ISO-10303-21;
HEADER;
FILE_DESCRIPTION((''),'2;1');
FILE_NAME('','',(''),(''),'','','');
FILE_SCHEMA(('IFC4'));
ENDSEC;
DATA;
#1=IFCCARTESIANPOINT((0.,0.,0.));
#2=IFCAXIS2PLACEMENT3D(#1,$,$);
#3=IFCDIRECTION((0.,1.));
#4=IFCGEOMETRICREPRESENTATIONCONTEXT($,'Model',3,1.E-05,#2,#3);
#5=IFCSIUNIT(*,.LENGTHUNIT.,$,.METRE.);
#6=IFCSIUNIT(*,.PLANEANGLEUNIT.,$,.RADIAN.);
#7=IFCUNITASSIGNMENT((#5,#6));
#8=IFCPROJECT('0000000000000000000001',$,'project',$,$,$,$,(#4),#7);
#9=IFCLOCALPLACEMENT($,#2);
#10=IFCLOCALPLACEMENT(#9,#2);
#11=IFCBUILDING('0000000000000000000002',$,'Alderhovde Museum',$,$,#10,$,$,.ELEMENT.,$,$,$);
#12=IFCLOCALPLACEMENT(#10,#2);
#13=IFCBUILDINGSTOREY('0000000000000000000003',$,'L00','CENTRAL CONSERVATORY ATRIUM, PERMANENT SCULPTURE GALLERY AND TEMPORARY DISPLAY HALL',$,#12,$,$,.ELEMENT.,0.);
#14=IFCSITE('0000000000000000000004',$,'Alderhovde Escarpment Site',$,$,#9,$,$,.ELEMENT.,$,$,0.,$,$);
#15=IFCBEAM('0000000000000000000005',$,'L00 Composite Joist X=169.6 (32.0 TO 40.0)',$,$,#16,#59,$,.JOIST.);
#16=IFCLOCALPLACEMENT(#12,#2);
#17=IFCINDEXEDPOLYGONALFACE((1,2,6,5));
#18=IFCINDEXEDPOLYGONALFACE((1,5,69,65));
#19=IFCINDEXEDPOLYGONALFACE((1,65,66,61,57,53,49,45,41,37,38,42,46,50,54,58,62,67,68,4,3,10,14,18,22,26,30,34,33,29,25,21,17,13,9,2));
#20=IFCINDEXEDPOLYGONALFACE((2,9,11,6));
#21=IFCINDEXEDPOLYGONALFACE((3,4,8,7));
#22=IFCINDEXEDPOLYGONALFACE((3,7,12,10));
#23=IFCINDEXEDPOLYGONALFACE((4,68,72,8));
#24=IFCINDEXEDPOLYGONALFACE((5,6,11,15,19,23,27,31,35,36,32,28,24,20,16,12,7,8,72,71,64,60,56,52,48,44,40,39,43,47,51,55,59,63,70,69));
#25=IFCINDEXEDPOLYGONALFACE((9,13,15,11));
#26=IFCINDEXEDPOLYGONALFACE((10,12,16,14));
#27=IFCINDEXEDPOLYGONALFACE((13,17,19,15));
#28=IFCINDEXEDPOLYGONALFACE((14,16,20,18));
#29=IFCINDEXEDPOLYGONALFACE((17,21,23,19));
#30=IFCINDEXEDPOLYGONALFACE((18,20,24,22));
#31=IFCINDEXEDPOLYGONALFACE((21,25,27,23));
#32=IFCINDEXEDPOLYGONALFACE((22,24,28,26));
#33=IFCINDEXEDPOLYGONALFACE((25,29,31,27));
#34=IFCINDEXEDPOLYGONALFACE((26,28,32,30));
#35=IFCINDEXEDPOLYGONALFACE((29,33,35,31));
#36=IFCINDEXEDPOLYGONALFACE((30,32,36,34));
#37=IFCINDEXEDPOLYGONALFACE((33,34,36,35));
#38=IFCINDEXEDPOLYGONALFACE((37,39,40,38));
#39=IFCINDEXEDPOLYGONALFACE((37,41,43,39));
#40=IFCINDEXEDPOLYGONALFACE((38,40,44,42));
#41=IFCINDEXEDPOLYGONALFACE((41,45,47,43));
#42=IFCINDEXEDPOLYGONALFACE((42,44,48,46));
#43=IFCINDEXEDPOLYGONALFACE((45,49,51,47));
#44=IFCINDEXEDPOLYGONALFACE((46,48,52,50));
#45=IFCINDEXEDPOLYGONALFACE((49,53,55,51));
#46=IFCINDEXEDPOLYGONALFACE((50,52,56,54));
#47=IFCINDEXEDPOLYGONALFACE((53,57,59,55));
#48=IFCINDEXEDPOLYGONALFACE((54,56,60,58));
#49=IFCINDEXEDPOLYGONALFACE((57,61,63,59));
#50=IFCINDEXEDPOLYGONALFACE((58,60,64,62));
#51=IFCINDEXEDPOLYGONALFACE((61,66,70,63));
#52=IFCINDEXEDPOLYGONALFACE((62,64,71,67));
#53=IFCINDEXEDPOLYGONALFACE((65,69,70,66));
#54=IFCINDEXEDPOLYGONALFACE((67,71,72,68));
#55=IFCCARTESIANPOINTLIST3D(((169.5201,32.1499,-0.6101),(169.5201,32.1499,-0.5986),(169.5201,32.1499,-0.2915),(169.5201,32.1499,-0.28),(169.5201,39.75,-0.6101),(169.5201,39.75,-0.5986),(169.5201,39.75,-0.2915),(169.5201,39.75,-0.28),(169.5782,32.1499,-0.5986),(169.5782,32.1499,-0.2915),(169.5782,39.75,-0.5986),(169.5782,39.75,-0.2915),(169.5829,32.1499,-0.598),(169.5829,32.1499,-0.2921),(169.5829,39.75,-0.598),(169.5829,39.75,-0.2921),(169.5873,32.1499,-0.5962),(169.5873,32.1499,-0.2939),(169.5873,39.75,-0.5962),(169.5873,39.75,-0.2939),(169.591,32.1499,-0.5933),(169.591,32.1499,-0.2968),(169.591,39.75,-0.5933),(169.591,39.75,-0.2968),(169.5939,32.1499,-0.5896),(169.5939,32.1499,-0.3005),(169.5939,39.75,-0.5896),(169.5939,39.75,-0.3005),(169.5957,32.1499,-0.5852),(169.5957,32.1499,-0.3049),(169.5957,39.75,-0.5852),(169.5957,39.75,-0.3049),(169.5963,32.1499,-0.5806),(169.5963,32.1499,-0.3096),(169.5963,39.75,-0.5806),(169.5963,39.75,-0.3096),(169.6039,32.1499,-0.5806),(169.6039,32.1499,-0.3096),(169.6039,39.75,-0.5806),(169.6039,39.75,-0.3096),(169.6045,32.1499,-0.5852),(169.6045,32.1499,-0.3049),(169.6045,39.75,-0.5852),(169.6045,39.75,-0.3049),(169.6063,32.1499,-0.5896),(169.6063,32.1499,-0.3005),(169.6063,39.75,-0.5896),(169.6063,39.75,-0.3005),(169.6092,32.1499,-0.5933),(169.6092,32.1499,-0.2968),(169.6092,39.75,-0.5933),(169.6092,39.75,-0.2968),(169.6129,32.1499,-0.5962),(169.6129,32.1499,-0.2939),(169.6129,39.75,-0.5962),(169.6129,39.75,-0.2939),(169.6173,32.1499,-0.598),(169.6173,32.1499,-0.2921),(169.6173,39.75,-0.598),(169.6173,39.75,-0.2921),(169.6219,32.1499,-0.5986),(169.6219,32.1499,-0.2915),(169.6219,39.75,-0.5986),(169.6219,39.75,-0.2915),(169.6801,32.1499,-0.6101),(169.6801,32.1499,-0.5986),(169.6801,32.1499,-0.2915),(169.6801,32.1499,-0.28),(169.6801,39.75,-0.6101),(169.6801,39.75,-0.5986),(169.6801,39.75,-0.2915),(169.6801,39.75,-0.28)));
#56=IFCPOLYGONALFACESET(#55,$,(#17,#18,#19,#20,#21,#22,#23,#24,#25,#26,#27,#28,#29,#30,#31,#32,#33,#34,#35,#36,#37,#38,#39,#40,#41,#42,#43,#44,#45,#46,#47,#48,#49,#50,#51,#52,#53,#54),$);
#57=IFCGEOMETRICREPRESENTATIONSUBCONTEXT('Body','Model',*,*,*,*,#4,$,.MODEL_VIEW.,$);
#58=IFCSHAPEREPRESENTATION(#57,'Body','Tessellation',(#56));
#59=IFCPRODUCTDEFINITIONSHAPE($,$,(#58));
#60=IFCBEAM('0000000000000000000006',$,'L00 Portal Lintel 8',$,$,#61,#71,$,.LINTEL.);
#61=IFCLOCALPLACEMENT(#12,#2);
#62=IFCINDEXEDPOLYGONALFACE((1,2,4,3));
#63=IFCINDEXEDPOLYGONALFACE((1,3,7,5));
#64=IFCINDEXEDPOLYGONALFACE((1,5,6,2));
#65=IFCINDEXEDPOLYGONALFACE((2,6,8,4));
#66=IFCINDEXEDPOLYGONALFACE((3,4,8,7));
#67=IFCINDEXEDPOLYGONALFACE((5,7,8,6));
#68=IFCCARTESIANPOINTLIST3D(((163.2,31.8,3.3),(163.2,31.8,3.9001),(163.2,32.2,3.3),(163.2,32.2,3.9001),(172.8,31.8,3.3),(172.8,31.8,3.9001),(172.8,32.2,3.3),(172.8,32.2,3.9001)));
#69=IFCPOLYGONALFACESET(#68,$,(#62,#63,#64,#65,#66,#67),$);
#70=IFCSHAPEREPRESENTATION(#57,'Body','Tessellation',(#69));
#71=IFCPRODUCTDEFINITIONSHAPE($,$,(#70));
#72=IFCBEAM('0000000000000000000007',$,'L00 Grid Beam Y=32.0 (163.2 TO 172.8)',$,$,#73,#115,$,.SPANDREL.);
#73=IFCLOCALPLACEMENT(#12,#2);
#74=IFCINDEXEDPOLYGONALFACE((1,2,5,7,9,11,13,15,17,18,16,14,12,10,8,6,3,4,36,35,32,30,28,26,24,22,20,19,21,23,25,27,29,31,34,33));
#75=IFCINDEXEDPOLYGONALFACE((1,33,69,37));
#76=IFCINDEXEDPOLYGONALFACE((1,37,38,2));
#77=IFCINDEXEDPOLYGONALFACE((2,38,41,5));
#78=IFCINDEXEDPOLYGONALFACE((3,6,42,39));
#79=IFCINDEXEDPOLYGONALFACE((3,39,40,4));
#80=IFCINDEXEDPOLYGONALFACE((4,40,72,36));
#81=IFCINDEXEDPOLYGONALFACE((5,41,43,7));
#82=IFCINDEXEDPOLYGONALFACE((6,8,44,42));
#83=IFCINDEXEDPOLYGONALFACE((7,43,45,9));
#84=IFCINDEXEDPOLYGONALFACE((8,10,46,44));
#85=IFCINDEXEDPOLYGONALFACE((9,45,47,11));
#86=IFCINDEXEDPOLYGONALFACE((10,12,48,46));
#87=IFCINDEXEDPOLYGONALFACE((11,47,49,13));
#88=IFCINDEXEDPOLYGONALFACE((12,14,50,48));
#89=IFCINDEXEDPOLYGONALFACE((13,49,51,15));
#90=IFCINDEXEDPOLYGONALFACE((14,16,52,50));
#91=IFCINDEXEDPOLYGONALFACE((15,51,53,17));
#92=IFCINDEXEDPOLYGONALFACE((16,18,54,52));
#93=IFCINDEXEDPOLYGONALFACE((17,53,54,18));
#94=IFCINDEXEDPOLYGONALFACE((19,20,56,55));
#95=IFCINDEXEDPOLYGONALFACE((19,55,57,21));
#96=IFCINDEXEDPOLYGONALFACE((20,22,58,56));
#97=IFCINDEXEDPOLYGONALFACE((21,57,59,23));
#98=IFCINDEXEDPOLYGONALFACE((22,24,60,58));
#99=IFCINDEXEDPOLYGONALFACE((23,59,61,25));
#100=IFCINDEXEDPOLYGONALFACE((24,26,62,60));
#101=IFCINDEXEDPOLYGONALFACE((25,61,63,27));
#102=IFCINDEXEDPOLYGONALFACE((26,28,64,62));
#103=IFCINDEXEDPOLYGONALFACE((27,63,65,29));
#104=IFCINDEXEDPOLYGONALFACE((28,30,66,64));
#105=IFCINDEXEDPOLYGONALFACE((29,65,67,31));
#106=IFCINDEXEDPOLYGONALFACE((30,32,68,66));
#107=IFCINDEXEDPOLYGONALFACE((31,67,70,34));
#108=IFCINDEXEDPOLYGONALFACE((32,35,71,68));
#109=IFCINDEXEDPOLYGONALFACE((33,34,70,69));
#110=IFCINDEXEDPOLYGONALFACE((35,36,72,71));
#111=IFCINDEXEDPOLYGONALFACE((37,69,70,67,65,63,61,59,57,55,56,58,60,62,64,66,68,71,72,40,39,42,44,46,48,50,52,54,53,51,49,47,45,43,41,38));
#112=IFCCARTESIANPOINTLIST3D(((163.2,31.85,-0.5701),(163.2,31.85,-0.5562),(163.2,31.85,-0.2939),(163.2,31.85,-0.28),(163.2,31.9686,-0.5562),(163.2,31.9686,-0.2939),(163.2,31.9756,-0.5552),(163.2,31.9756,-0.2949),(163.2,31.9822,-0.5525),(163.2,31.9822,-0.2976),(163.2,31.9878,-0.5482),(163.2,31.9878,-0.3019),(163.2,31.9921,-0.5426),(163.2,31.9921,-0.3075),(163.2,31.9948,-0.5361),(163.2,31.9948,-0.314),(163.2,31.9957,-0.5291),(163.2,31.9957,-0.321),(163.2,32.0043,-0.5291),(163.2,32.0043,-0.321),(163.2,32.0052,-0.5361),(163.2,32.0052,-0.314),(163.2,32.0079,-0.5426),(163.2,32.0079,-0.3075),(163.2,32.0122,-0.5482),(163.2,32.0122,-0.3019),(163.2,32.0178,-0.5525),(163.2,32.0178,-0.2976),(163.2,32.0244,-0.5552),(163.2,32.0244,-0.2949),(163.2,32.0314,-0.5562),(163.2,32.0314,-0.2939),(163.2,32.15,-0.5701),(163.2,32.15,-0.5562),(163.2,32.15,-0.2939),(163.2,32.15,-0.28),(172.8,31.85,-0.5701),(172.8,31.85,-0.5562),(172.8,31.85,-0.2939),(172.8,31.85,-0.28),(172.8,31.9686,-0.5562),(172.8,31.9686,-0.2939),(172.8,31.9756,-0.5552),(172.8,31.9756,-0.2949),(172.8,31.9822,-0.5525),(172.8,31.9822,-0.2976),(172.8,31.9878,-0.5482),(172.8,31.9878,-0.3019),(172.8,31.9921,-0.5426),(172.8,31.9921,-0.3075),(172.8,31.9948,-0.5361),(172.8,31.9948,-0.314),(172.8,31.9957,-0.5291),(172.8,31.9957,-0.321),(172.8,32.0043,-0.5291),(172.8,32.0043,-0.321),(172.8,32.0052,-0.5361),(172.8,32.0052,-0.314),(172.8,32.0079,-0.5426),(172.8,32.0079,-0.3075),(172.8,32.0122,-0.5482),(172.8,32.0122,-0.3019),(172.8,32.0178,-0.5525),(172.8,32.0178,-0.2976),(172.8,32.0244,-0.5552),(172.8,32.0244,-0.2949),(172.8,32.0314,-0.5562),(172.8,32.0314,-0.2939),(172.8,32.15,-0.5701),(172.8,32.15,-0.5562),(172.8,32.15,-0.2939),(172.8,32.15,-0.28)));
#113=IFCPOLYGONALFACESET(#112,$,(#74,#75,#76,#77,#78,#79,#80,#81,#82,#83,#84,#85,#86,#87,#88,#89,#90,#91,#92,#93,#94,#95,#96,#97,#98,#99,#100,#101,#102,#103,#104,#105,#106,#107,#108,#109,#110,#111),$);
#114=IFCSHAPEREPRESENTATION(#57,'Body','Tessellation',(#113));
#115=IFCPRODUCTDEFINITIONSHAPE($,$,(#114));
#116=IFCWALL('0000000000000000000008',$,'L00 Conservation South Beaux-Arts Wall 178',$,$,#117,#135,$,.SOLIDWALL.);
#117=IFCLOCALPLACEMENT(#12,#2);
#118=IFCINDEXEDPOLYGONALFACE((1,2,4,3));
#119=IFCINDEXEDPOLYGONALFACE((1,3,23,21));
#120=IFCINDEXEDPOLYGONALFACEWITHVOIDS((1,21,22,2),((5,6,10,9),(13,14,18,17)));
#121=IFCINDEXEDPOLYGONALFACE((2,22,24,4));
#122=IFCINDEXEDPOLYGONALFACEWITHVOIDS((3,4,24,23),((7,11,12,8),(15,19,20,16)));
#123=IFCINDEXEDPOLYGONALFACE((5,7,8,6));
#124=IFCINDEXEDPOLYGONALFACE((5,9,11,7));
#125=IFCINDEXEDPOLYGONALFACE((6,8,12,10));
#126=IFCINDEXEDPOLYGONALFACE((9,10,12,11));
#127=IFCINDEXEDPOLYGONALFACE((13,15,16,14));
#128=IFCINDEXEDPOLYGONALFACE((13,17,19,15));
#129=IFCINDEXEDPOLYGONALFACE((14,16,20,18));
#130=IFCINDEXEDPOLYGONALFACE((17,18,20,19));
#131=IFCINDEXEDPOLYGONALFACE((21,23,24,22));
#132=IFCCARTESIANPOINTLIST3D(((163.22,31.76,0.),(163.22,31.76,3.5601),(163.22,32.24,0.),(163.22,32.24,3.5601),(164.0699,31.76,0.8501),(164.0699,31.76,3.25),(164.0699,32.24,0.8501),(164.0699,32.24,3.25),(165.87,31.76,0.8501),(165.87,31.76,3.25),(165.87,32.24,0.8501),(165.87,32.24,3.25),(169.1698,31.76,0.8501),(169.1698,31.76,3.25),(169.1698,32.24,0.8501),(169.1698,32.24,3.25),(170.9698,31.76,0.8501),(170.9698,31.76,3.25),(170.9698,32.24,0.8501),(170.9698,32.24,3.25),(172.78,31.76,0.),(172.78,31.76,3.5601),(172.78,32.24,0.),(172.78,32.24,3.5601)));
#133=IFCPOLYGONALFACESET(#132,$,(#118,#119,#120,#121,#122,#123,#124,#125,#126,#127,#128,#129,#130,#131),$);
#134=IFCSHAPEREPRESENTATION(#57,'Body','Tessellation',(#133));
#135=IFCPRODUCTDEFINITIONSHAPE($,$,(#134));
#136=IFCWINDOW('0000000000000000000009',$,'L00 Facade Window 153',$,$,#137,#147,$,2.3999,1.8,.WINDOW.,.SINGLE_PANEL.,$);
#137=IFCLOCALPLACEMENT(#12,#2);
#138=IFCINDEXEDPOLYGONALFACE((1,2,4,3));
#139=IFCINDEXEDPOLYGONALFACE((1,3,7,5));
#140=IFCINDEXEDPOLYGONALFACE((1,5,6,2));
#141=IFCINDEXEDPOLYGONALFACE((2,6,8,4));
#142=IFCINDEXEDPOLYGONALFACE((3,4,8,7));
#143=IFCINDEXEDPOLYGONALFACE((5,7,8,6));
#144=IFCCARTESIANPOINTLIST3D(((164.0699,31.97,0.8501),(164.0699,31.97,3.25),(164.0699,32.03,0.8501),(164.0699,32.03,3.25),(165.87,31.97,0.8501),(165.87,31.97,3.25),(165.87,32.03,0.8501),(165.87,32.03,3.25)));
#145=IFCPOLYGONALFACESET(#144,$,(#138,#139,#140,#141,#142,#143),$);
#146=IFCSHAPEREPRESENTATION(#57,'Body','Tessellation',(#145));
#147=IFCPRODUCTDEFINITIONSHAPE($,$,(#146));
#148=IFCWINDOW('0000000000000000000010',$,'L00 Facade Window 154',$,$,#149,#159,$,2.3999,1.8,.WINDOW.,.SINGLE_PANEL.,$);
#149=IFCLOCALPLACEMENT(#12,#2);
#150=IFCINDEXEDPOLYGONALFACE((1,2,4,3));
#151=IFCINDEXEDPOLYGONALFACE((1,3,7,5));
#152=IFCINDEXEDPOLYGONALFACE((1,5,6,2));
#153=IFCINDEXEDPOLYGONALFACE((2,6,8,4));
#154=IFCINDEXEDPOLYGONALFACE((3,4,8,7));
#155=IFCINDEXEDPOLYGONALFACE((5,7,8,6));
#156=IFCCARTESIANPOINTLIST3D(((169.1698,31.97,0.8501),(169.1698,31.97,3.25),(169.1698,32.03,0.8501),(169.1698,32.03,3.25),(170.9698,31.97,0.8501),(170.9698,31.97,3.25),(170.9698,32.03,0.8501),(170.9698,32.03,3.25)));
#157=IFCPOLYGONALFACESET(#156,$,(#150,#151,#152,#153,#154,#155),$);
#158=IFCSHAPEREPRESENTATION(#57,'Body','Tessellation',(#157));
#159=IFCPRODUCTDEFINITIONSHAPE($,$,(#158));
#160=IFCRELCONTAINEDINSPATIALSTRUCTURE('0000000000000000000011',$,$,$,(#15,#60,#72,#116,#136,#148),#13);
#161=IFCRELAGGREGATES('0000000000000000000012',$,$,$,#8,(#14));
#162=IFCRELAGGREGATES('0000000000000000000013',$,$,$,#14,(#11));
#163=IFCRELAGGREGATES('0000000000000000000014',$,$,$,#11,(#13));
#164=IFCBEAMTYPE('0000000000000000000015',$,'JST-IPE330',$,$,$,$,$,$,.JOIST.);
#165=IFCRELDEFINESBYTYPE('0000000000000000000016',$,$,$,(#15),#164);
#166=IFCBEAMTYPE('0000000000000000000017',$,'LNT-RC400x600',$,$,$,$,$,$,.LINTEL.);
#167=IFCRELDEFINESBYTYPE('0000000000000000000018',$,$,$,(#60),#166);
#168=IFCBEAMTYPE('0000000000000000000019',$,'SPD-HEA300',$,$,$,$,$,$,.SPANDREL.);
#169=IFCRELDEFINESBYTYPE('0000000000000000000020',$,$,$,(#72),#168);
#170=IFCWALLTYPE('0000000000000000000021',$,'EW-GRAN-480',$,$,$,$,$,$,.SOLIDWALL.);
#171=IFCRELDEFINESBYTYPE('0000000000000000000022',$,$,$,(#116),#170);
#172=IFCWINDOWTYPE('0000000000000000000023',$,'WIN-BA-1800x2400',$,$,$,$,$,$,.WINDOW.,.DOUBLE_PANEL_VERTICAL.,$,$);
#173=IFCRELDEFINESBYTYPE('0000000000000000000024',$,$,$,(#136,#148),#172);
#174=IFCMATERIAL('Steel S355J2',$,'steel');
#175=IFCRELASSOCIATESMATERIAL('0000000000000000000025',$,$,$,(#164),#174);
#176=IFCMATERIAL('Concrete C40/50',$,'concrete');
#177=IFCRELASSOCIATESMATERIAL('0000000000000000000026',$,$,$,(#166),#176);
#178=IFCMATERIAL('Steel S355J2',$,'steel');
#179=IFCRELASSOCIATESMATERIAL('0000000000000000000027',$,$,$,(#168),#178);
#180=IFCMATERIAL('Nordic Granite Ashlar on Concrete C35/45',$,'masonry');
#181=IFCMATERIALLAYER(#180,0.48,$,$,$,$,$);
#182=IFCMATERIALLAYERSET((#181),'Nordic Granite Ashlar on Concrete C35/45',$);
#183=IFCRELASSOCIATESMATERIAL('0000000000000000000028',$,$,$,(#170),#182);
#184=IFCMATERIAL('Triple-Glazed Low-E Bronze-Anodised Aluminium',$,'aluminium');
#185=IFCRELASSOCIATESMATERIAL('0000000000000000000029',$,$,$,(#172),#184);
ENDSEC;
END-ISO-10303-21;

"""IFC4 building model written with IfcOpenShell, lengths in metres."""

from ifc_helpers import new_model, si_unit, direction, frame, frame_2d, origin, origin_2d, place, context, subcontext, project, spatial, rectangle, i_section, extrude, material, layer, layer_set, material_profile, profile_set, type_object, element, fill, save


model = new_model("IFC4")

# Units and contexts
model_context = context("Model", 3, precision=1e-05, world=origin(), true_north=direction((0.0, 1.0)))
body_context = subcontext(model_context, "Body", "Model", "MODEL_VIEW")
ifc_project = project(units=[si_unit("LENGTHUNIT", "METRE"), si_unit("PLANEANGLEUNIT", "RADIAN")], contexts=[model_context])

# Site, building, storey
site_placement = place(None, origin())
site = spatial("IfcSite", under=ifc_project, at=site_placement, Name="Alderhovde Escarpment Site", CompositionType="ELEMENT", RefElevation=0.0)
building_placement = place(site_placement, origin())
building = spatial("IfcBuilding", under=site, at=building_placement, Name="Alderhovde Museum", CompositionType="ELEMENT")
storey_placement = place(building_placement, origin())
storey = spatial("IfcBuildingStorey", under=building, at=storey_placement, Name="L00", Description="CENTRAL CONSERVATORY ATRIUM, PERMANENT SCULPTURE GALLERY AND TEMPORARY DISPLAY HALL", CompositionType="ELEMENT", Elevation=0.0)

# Beams
ifc_material_1 = material(Name="Steel S355J2", Category="steel")
ifc_material_profile_1 = material_profile(ifc_material_1, i_section(OverallWidth=0.1599, OverallDepth=0.3301, WebThickness=0.0076, FlangeThickness=0.0115, FilletRadius=0.0181, at=origin_2d()), Name="IPE 330")
ifc_profile_set_1 = profile_set([ifc_material_profile_1], Name="Steel S355J2")
beam_type_1 = type_object("IfcBeamType", Name="JST-IPE330", PredefinedType="JOIST", material=ifc_profile_set_1)
for number, where, z_axis, x_axis, name in (
    (1, (169.6001, 32.1499, -0.4451), (0.0, 1.0, 0.0), (-1.0, 0.0, 0.0), "L00 Composite Joist X=169.6 (32.0 TO 40.0)"),
):
    element("IfcBeam", number, at=place(storey_placement, frame(where, z_axis=z_axis, x_axis=x_axis)), inside=storey, type_object=beam_type_1, Name=name, PredefinedType="JOIST", context=body_context, shape_type="SweptSolid", body=[
        extrude(i_section(OverallWidth=0.1599, OverallDepth=0.3301, WebThickness=0.0076, FlangeThickness=0.0115, FilletRadius=0.0181, at=origin_2d()), origin(), (0.0, 0.0, 1.0), 7.6001),
    ])
ifc_material_2 = material(Name="Concrete C40/50", Category="concrete")
ifc_material_profile_2 = material_profile(ifc_material_2, rectangle(XDim=0.3999, YDim=0.6001, at=origin_2d()), Name="RC 400x600")
ifc_profile_set_2 = profile_set([ifc_material_profile_2], Name="Concrete C40/50")
beam_type_2 = type_object("IfcBeamType", Name="LNT-RC400x600", PredefinedType="LINTEL", material=ifc_profile_set_2)
beam_1_placement = place(storey_placement, frame((163.2, 32.0, 3.6001), z_axis=(1.0, 0.0, 0.0), x_axis=(0.0, 1.0, 0.0)))
element("IfcBeam", 2, at=beam_1_placement, inside=storey, type_object=beam_type_2, Name="L00 Portal Lintel 8", PredefinedType="LINTEL", context=body_context, shape_type="SweptSolid", body=[
    extrude(rectangle(XDim=0.3999, YDim=0.6001, at=origin_2d()), origin(), (0.0, 0.0, 1.0), 9.6001),
])
ifc_material_3 = material(Name="Steel S355J2", Category="steel")
ifc_material_profile_3 = material_profile(ifc_material_3, i_section(OverallWidth=0.3, OverallDepth=0.29, WebThickness=0.0085, FlangeThickness=0.0139, FilletRadius=0.0271, at=origin_2d()), Name="HEA 300")
ifc_profile_set_3 = profile_set([ifc_material_profile_3], Name="Steel S355J2")
beam_type_3 = type_object("IfcBeamType", Name="SPD-HEA300", PredefinedType="SPANDREL", material=ifc_profile_set_3)
beam_2_placement = place(storey_placement, frame((163.2, 32.0, -0.425), z_axis=(1.0, 0.0, 0.0), x_axis=(0.0, 1.0, 0.0)))
element("IfcBeam", 3, at=beam_2_placement, inside=storey, type_object=beam_type_3, Name="L00 Grid Beam Y=32.0 (163.2 TO 172.8)", PredefinedType="SPANDREL", context=body_context, shape_type="SweptSolid", body=[
    extrude(i_section(OverallWidth=0.3, OverallDepth=0.29, WebThickness=0.0085, FlangeThickness=0.0139, FilletRadius=0.0271, at=origin_2d()), origin(), (0.0, 0.0, 1.0), 9.6001),
])

# Wall, openings, windows
ifc_material_4 = material(Name="Nordic Granite Ashlar on Concrete C35/45", Category="masonry")
ifc_layer_1 = layer(ifc_material_4, 0.48)
ifc_layer_set_1 = layer_set([ifc_layer_1], Name="Nordic Granite Ashlar on Concrete C35/45")
wall_type_1 = type_object("IfcWallType", Name="EW-GRAN-480", PredefinedType="SOLIDWALL", material=ifc_layer_set_1)
wall_1_placement = place(storey_placement, frame((163.22, 32.0, 0.0), z_axis=(0.0, 0.0, 1.0), x_axis=(1.0, 0.0, 0.0)))
wall_1 = element("IfcWall", 4, at=wall_1_placement, inside=storey, type_object=wall_type_1, Name="L00 Conservation South Beaux-Arts Wall 178", PredefinedType="SOLIDWALL", context=body_context, shape_type="SweptSolid", body=[
    extrude(rectangle(XDim=9.5601, YDim=0.48, at=frame_2d((4.78, 0.0))), origin(), (0.0, 0.0, 1.0), 3.5601),
])
opening_1_placement = place(wall_1_placement, frame((0.8501, 0.0, 0.8501)))
opening_1 = element("IfcOpeningElement", 5, at=opening_1_placement, cuts=wall_1, PredefinedType="OPENING", context=body_context, shape_type="SweptSolid", body=[
    extrude(rectangle(XDim=1.8, YDim=2.3999, at=frame_2d((0.8999, 1.2))), frame((0.0, 0.25, 0.0), z_axis=(0.0, -1.0, 0.0), x_axis=(1.0, 0.0, 0.0)), (0.0, 0.0, 1.0), 0.5),
])
opening_2_placement = place(wall_1_placement, frame((5.95, 0.0, 0.8501)))
opening_2 = element("IfcOpeningElement", 6, at=opening_2_placement, cuts=wall_1, PredefinedType="OPENING", context=body_context, shape_type="SweptSolid", body=[
    extrude(rectangle(XDim=1.8, YDim=2.3999, at=frame_2d((0.8999, 1.2))), frame((0.0, 0.25, 0.0), z_axis=(0.0, -1.0, 0.0), x_axis=(1.0, 0.0, 0.0)), (0.0, 0.0, 1.0), 0.5),
])
ifc_material_5 = material(Name="Triple-Glazed Low-E Bronze-Anodised Aluminium", Category="aluminium")
window_type = type_object("IfcWindowType", Name="WIN-BA-1800x2400", PartitioningType="DOUBLE_PANEL_VERTICAL", PredefinedType="WINDOW", material=ifc_material_5)
window_1_placement = place(opening_1_placement, origin())
window_1 = element("IfcWindow", 7, at=window_1_placement, inside=storey, type_object=window_type, Name="L00 Facade Window 153", OverallHeight=2.3999, OverallWidth=1.8, PartitioningType="SINGLE_PANEL", PredefinedType="WINDOW", context=body_context, shape_type="SweptSolid", body=[
    extrude(rectangle(XDim=1.8, YDim=2.3999, at=frame_2d((0.8999, 1.2))), frame((0.0, 0.03, 0.0), z_axis=(0.0, -1.0, 0.0), x_axis=(1.0, 0.0, 0.0)), (0.0, 0.0, 1.0), 0.0601),
])
fill(opening_1, window_1)
window_2_placement = place(opening_2_placement, origin())
window_2 = element("IfcWindow", 8, at=window_2_placement, inside=storey, type_object=window_type, Name="L00 Facade Window 154", OverallHeight=2.3999, OverallWidth=1.8, PartitioningType="SINGLE_PANEL", PredefinedType="WINDOW", context=body_context, shape_type="SweptSolid", body=[
    extrude(rectangle(XDim=1.8, YDim=2.3999, at=frame_2d((0.8999, 1.2))), frame((0.0, 0.03, 0.0), z_axis=(0.0, -1.0, 0.0), x_axis=(1.0, 0.0, 0.0)), (0.0, 0.0, 1.0), 0.0601),
])
fill(opening_2, window_2)

save(model, "model.ifc")
